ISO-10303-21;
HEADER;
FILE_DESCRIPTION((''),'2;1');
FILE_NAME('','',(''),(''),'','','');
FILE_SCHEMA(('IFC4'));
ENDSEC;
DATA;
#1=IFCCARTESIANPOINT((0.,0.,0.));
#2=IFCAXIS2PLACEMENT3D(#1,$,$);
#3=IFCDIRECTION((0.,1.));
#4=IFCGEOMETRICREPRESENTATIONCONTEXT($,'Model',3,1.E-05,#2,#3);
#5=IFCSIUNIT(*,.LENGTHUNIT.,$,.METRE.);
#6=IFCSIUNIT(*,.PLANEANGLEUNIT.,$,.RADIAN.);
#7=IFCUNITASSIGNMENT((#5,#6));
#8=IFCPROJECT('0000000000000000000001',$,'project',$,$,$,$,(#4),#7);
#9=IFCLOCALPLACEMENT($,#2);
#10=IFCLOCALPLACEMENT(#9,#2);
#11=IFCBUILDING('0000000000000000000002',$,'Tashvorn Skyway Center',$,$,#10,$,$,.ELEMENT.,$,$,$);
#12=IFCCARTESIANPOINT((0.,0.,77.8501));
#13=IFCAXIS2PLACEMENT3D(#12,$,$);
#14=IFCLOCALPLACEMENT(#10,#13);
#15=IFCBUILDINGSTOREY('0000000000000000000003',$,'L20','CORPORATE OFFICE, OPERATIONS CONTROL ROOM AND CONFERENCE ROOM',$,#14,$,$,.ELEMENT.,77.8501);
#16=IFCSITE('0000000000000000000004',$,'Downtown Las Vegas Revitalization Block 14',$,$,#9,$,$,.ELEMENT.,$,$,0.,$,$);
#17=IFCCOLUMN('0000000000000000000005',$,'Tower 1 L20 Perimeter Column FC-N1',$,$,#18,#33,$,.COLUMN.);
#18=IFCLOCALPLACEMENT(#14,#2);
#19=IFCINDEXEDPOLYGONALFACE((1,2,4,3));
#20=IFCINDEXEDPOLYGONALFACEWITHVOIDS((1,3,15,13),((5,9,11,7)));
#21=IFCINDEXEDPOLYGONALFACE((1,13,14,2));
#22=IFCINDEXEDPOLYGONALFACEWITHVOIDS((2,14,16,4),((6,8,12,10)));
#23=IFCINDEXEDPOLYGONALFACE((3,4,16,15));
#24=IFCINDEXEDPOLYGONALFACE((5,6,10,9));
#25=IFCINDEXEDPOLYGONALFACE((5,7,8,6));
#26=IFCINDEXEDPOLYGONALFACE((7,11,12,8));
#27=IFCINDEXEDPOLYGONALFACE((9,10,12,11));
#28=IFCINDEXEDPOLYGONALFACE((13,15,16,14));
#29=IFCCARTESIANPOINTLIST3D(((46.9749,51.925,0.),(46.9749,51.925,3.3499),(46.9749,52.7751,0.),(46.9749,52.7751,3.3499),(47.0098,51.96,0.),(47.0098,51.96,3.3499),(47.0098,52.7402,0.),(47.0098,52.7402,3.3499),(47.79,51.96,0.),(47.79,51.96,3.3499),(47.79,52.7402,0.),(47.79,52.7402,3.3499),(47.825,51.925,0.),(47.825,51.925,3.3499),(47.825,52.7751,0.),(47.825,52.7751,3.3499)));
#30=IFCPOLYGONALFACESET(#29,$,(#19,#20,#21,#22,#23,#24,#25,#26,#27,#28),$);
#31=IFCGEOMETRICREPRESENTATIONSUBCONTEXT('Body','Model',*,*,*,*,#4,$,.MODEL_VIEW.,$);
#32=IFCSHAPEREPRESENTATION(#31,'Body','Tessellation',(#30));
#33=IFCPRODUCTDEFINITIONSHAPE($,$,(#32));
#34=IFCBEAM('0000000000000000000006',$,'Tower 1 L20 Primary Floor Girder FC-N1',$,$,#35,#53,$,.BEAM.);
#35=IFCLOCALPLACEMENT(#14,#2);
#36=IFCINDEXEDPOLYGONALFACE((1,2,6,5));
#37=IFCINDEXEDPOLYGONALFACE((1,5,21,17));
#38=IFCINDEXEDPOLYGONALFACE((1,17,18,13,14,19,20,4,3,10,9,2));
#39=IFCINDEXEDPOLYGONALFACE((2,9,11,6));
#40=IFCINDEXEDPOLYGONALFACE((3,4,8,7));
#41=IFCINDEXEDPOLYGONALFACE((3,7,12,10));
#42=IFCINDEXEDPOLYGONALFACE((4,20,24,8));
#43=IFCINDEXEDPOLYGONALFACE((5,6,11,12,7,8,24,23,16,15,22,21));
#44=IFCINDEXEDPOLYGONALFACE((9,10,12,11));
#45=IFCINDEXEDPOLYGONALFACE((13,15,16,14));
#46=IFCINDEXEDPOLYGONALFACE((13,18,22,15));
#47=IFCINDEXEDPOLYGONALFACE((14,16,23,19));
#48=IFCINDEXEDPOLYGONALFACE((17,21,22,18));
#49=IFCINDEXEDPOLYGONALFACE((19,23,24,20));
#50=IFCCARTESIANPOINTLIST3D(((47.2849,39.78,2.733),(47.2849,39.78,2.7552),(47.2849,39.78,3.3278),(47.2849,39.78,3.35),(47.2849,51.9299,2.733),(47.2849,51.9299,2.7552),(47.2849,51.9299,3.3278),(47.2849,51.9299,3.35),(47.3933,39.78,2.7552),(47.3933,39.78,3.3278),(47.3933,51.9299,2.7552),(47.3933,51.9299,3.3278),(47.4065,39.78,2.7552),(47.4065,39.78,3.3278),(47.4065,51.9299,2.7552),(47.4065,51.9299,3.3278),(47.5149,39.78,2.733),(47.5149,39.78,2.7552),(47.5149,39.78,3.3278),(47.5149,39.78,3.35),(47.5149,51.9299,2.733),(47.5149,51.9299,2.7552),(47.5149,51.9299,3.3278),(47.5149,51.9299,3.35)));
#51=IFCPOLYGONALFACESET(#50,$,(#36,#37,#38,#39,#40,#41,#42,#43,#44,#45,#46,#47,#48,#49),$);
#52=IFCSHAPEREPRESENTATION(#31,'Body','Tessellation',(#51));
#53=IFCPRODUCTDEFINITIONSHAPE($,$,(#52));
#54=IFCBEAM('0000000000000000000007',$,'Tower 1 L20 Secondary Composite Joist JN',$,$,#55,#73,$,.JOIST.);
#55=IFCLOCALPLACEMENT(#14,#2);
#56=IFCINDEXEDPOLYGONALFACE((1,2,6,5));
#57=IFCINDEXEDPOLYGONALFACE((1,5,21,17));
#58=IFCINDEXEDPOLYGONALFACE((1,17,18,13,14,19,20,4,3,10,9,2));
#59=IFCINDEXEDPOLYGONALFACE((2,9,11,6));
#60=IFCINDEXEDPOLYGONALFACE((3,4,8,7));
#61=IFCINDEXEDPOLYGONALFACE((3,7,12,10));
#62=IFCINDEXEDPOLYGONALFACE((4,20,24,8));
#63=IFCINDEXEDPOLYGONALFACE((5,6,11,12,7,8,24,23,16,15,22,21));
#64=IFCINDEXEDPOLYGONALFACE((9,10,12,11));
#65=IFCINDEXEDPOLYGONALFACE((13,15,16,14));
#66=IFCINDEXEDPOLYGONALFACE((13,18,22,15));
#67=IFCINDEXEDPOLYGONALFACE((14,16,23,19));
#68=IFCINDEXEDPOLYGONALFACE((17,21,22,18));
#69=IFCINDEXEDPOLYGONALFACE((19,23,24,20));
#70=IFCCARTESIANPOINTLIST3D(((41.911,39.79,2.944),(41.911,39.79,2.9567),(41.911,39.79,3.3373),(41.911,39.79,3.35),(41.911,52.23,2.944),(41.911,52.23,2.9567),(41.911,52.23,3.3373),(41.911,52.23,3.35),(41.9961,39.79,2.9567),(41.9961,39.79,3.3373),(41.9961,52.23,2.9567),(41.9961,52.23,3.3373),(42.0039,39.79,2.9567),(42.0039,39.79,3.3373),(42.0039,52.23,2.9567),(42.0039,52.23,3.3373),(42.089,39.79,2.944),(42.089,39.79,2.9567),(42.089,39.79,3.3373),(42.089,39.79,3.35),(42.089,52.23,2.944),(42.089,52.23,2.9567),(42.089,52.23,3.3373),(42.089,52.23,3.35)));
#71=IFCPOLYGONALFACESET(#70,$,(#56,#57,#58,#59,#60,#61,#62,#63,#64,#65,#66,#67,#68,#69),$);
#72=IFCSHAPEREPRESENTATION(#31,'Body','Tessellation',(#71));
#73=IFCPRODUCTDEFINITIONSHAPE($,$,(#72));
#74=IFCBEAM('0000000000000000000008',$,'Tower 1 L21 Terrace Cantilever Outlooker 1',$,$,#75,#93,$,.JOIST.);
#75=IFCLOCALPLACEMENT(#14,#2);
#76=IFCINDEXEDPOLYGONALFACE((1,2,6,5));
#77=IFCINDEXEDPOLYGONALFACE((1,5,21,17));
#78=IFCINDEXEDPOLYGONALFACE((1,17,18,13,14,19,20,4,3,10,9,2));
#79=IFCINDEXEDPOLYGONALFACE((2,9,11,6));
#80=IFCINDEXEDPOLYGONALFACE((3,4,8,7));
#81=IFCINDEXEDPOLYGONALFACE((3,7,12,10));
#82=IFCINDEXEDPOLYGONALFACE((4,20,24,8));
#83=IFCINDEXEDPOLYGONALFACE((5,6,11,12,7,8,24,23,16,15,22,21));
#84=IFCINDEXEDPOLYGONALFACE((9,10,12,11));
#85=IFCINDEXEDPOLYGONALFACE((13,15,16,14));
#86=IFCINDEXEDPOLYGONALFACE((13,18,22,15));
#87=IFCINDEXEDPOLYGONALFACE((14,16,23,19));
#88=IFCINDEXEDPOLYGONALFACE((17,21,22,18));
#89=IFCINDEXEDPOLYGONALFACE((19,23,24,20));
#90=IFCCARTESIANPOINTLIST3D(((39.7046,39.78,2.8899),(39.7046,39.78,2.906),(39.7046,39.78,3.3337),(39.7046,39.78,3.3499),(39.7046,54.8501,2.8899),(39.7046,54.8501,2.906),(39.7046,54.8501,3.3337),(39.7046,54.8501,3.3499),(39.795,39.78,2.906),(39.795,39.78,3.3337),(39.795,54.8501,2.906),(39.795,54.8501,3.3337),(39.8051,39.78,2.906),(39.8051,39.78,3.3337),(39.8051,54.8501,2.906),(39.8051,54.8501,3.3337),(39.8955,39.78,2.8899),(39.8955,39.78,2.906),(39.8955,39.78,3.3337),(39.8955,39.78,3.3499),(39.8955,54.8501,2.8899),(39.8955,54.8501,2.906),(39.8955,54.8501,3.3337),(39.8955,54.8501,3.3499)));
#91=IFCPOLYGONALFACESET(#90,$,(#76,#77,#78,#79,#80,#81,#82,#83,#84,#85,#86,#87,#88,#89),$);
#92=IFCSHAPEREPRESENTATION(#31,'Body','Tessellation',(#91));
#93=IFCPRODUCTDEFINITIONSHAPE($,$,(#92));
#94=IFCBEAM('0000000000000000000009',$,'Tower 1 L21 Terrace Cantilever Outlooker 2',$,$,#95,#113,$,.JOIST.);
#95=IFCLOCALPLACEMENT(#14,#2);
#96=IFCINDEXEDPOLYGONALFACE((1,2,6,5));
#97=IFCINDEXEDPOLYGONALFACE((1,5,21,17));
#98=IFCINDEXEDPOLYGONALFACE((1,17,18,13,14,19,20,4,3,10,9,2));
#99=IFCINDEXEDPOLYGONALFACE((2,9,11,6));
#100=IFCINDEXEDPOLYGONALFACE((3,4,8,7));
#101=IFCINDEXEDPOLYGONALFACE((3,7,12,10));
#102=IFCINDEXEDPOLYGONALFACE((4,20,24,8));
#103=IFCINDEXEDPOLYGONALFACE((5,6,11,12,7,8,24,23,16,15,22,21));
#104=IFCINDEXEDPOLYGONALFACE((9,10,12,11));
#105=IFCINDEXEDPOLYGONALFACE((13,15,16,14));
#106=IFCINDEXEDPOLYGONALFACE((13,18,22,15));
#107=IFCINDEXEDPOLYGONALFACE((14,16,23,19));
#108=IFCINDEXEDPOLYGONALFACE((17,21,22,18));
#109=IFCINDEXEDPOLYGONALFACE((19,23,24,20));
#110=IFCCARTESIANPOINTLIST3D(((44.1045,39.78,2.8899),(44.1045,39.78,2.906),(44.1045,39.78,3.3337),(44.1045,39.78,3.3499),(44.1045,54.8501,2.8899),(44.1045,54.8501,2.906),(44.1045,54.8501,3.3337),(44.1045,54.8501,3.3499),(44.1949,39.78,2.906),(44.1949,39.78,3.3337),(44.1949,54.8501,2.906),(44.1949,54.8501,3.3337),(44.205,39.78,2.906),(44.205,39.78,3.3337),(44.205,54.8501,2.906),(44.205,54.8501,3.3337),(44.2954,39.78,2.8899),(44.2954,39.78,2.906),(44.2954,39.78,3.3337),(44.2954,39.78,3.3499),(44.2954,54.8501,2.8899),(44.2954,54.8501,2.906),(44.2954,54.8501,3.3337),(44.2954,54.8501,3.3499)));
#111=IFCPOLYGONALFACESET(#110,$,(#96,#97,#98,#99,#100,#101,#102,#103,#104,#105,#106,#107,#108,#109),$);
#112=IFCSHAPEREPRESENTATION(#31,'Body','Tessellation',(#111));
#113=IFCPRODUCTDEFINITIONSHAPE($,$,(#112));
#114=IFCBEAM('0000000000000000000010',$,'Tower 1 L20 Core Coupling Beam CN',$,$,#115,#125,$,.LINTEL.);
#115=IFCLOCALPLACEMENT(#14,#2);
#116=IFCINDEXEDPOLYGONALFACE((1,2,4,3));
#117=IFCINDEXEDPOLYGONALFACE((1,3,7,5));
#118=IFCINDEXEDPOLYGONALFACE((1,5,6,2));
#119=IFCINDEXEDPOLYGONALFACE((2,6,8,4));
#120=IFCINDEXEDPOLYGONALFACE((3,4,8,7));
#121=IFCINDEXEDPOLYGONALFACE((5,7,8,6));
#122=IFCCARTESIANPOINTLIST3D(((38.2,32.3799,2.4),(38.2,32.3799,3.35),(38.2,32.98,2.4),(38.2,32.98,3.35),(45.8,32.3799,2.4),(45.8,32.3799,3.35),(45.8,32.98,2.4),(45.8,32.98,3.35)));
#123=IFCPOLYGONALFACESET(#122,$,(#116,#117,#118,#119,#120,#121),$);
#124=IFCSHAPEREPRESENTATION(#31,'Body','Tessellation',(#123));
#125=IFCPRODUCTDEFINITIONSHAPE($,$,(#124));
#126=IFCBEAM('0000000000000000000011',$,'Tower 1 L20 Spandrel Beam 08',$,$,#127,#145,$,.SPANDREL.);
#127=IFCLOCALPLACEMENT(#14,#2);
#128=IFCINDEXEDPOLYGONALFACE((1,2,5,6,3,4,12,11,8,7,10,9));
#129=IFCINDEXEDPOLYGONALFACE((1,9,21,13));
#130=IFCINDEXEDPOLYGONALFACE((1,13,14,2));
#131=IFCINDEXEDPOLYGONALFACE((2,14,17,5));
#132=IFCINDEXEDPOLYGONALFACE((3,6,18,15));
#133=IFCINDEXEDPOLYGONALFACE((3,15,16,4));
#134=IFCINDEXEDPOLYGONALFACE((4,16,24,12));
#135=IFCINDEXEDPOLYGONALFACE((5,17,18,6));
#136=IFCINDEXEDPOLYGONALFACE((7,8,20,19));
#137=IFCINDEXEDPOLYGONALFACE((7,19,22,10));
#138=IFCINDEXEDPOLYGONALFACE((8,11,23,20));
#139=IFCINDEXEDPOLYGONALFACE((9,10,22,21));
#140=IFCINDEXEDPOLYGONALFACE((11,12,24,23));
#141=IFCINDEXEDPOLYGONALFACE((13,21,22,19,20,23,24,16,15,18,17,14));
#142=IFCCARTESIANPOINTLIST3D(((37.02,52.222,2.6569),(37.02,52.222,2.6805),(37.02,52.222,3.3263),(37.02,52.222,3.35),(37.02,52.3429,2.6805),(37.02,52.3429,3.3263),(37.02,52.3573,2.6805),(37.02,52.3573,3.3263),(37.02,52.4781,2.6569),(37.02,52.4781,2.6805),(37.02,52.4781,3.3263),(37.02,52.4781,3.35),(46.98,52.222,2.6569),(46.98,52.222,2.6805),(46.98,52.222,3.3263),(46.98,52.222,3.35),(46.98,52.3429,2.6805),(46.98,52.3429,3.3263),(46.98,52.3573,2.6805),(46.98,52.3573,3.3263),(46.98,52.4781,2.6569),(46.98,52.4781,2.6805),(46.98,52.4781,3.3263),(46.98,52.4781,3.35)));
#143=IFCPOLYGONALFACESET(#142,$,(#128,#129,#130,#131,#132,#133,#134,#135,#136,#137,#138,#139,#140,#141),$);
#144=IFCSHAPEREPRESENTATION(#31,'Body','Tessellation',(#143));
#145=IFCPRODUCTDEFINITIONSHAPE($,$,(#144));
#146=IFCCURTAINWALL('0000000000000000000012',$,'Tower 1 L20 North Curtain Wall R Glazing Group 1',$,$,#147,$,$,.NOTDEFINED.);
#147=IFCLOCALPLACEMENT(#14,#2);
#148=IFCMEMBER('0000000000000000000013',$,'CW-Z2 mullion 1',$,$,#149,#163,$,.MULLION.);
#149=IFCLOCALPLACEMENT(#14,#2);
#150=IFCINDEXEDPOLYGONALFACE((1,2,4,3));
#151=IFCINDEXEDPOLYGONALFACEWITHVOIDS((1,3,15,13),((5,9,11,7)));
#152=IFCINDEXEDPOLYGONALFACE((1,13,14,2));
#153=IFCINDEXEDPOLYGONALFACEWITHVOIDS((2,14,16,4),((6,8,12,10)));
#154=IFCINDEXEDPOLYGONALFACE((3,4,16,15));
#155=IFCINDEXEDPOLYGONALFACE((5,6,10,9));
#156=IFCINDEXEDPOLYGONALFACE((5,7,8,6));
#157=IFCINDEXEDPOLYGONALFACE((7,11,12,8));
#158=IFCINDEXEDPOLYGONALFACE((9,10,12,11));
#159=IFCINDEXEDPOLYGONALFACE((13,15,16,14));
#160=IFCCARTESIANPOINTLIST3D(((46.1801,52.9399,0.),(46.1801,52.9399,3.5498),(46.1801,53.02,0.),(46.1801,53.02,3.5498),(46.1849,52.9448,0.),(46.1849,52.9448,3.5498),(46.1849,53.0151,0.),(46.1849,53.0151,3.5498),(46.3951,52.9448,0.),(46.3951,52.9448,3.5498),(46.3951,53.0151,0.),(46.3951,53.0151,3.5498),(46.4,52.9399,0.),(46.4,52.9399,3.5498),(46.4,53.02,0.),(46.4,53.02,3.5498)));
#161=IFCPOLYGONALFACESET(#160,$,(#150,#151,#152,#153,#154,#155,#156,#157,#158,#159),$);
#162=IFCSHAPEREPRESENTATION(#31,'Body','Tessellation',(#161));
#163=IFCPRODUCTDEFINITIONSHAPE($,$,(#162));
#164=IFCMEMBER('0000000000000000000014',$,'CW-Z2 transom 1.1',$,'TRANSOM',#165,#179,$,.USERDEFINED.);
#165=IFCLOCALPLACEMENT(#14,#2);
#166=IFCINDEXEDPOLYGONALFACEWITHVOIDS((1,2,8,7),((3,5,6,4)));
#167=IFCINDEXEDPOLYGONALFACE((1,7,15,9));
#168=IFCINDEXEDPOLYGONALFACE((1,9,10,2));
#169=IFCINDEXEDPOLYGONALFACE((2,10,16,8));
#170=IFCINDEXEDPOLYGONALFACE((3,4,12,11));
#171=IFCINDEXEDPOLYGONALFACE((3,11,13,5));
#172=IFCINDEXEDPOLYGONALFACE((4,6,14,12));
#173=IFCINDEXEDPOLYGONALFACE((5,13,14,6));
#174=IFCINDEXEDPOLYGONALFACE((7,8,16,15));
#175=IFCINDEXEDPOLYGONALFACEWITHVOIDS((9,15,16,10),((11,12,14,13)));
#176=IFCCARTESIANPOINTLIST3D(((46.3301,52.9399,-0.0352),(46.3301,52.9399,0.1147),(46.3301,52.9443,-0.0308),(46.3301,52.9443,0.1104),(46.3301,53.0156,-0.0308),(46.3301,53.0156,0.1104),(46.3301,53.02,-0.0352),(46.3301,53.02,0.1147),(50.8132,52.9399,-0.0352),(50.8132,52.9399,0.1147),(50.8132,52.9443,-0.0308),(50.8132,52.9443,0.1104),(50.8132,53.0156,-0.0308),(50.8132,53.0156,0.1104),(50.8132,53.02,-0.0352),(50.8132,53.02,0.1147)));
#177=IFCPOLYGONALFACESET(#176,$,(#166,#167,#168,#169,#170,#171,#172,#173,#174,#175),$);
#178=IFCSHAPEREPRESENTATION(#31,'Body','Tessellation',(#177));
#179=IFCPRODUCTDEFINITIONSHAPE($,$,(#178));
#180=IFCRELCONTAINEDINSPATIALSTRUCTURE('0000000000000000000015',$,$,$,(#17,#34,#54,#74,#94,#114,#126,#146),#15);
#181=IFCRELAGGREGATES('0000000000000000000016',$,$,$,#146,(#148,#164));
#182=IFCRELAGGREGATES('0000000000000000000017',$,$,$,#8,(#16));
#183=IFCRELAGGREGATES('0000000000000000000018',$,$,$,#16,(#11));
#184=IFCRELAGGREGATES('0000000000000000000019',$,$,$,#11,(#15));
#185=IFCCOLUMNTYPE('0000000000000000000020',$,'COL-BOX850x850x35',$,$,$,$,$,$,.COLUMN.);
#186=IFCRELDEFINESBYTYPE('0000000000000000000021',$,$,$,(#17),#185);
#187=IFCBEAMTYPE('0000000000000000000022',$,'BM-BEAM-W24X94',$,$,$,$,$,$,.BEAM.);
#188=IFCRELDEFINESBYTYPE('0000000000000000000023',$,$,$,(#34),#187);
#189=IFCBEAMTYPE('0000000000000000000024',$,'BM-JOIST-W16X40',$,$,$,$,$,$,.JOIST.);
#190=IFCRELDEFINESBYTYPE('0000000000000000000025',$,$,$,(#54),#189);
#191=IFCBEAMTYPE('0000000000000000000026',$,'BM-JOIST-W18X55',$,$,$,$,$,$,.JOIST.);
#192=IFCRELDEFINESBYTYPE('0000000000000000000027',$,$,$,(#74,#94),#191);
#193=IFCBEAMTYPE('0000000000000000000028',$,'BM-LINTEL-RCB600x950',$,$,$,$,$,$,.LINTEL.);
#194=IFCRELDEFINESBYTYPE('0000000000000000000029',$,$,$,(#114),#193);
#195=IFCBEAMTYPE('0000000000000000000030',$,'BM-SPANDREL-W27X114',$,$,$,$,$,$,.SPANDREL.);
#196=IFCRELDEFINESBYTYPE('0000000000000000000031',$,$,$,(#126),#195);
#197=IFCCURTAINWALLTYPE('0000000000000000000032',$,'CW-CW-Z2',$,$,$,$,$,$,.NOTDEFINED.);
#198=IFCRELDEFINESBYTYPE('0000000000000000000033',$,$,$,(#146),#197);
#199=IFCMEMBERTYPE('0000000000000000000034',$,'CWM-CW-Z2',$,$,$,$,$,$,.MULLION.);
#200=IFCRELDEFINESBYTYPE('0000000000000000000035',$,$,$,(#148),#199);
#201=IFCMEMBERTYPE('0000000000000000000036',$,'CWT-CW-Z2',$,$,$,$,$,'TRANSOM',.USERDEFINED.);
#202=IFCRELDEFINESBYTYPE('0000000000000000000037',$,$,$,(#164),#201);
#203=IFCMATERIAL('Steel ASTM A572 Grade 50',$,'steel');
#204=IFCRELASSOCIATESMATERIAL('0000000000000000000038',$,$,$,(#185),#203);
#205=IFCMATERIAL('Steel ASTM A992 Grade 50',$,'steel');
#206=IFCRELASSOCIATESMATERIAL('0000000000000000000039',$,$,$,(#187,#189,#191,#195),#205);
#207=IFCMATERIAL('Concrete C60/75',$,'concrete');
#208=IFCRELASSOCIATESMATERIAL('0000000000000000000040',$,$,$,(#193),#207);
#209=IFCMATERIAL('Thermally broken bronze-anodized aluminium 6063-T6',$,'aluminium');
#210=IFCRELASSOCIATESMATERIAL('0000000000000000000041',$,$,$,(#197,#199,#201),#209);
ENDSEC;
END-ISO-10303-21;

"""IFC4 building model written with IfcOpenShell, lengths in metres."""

from ifc_helpers import new_model, si_unit, direction, frame, origin, origin_2d, place, context, subcontext, project, spatial, rectangle, hollow_rectangle, i_section, extrude, material, material_profile, profile_set, type_object, element, aggregate, save


model = new_model("IFC4")

# Units and contexts
model_context = context("Model", 3, precision=1e-05, world=origin(), true_north=direction((0.0, 1.0)))
body_context = subcontext(model_context, "Body", "Model", "MODEL_VIEW")
ifc_project = project(units=[si_unit("LENGTHUNIT", "METRE"), si_unit("PLANEANGLEUNIT", "RADIAN")], contexts=[model_context])

# Site, building, storey
site_placement = place(None, origin())
site = spatial("IfcSite", under=ifc_project, at=site_placement, Name="Downtown Las Vegas Revitalization Block 14", CompositionType="ELEMENT", RefElevation=0.0)
building_placement = place(site_placement, origin())
building = spatial("IfcBuilding", under=site, at=building_placement, Name="Tashvorn Skyway Center", CompositionType="ELEMENT")
storey_placement = place(building_placement, frame((0.0, 0.0, 77.8501)))
storey = spatial("IfcBuildingStorey", under=building, at=storey_placement, Name="L20", Description="CORPORATE OFFICE, OPERATIONS CONTROL ROOM AND CONFERENCE ROOM", CompositionType="ELEMENT", Elevation=77.8501)

# Column
ifc_material_1 = material(Name="Steel ASTM A572 Grade 50", Category="steel")
ifc_material_profile_1 = material_profile(ifc_material_1, hollow_rectangle(XDim=0.8501, YDim=0.8501, WallThickness=0.0349, at=origin_2d()), Name="BOX850x850x35")
ifc_profile_set_1 = profile_set([ifc_material_profile_1], Name="Steel ASTM A572 Grade 50")
column_type = type_object("IfcColumnType", Name="COL-BOX850x850x35", PredefinedType="COLUMN", material=ifc_profile_set_1)
column_placement = place(storey_placement, frame((47.3999, 52.3501, 0.0), z_axis=(0.0, 0.0, 1.0), x_axis=(1.0, 0.0, 0.0)))
element("IfcColumn", 1, at=column_placement, inside=storey, type_object=column_type, Name="Tower 1 L20 Perimeter Column FC-N1", PredefinedType="COLUMN", context=body_context, shape_type="SweptSolid", body=[
    extrude(hollow_rectangle(XDim=0.8501, YDim=0.8501, WallThickness=0.0349, at=origin_2d()), origin(), (0.0, 0.0, 1.0), 3.3499),
])

# Beams
ifc_material_2 = material(Name="Steel ASTM A992 Grade 50", Category="steel")
ifc_material_profile_2 = material_profile(ifc_material_2, i_section(OverallWidth=0.23, OverallDepth=0.6169, WebThickness=0.0132, FlangeThickness=0.0222, at=origin_2d()), Name="W24X94")
ifc_profile_set_2 = profile_set([ifc_material_profile_2], Name="Steel ASTM A992 Grade 50")
beam_type_1 = type_object("IfcBeamType", Name="BM-BEAM-W24X94", PredefinedType="BEAM", material=ifc_profile_set_2)
beam_1_placement = place(storey_placement, frame((47.3999, 51.9299, 3.0415), z_axis=(0.0, -1.0, 0.0), x_axis=(1.0, 0.0, 0.0)))
element("IfcBeam", 2, at=beam_1_placement, inside=storey, type_object=beam_type_1, Name="Tower 1 L20 Primary Floor Girder FC-N1", PredefinedType="BEAM", context=body_context, shape_type="SweptSolid", body=[
    extrude(i_section(OverallWidth=0.23, OverallDepth=0.6169, WebThickness=0.0132, FlangeThickness=0.0222, at=origin_2d()), origin(), (0.0, 0.0, 1.0), 12.1499),
])
ifc_material_profile_3 = material_profile(ifc_material_2, i_section(OverallWidth=0.178, OverallDepth=0.406, WebThickness=0.0078, FlangeThickness=0.0127, at=origin_2d()), Name="W16X40")
ifc_profile_set_3 = profile_set([ifc_material_profile_3], Name="Steel ASTM A992 Grade 50")
beam_type_2 = type_object("IfcBeamType", Name="BM-JOIST-W16X40", PredefinedType="JOIST", material=ifc_profile_set_3)
beam_2_placement = place(storey_placement, frame((42.0, 39.79, 3.147), z_axis=(0.0, 1.0, 0.0), x_axis=(-1.0, 0.0, 0.0)))
element("IfcBeam", 3, at=beam_2_placement, inside=storey, type_object=beam_type_2, Name="Tower 1 L20 Secondary Composite Joist JN", PredefinedType="JOIST", context=body_context, shape_type="SweptSolid", body=[
    extrude(i_section(OverallWidth=0.178, OverallDepth=0.406, WebThickness=0.0078, FlangeThickness=0.0127, at=origin_2d()), origin(), (0.0, 0.0, 1.0), 12.4399),
])
ifc_material_profile_4 = material_profile(ifc_material_2, i_section(OverallWidth=0.1909, OverallDepth=0.46, WebThickness=0.01, FlangeThickness=0.0161, at=origin_2d()), Name="W18X55")
ifc_profile_set_4 = profile_set([ifc_material_profile_4], Name="Steel ASTM A992 Grade 50")
beam_type_3 = type_object("IfcBeamType", Name="BM-JOIST-W18X55", PredefinedType="JOIST", material=ifc_profile_set_4)
for number, where, z_axis, x_axis, name in (
    (4, (39.8, 39.78, 3.1199), (0.0, 1.0, 0.0), (-1.0, 0.0, 0.0), "Tower 1 L21 Terrace Cantilever Outlooker 1"),
    (5, (44.2, 39.78, 3.1199), (0.0, 1.0, 0.0), (-1.0, 0.0, 0.0), "Tower 1 L21 Terrace Cantilever Outlooker 2"),
):
    element("IfcBeam", number, at=place(storey_placement, frame(where, z_axis=z_axis, x_axis=x_axis)), inside=storey, type_object=beam_type_3, Name=name, PredefinedType="JOIST", context=body_context, shape_type="SweptSolid", body=[
        extrude(i_section(OverallWidth=0.1909, OverallDepth=0.46, WebThickness=0.01, FlangeThickness=0.0161, at=origin_2d()), origin(), (0.0, 0.0, 1.0), 15.0701),
    ])
ifc_material_3 = material(Name="Concrete C60/75", Category="concrete")
ifc_material_profile_5 = material_profile(ifc_material_3, rectangle(XDim=0.6001, YDim=0.95, at=origin_2d()), Name="RCB600x950")
ifc_profile_set_5 = profile_set([ifc_material_profile_5], Name="Concrete C60/75")
beam_type_4 = type_object("IfcBeamType", Name="BM-LINTEL-RCB600x950", PredefinedType="LINTEL", material=ifc_profile_set_5)
beam_3_placement = place(storey_placement, frame((38.2, 32.6799, 2.875), z_axis=(1.0, 0.0, 0.0), x_axis=(0.0, 1.0, 0.0)))
element("IfcBeam", 6, at=beam_3_placement, inside=storey, type_object=beam_type_4, Name="Tower 1 L20 Core Coupling Beam CN", PredefinedType="LINTEL", context=body_context, shape_type="SweptSolid", body=[
    extrude(rectangle(XDim=0.6001, YDim=0.95, at=origin_2d()), origin(), (0.0, 0.0, 1.0), 7.6001),
])
ifc_material_profile_6 = material_profile(ifc_material_2, i_section(OverallWidth=0.2561, OverallDepth=0.6931, WebThickness=0.0144, FlangeThickness=0.0237, at=origin_2d()), Name="W27X114")
ifc_profile_set_6 = profile_set([ifc_material_profile_6], Name="Steel ASTM A992 Grade 50")
beam_type_5 = type_object("IfcBeamType", Name="BM-SPANDREL-W27X114", PredefinedType="SPANDREL", material=ifc_profile_set_6)
beam_4_placement = place(storey_placement, frame((46.98, 52.3501, 3.0034), z_axis=(-1.0, 0.0, 0.0), x_axis=(0.0, -1.0, 0.0)))
element("IfcBeam", 7, at=beam_4_placement, inside=storey, type_object=beam_type_5, Name="Tower 1 L20 Spandrel Beam 08", PredefinedType="SPANDREL", context=body_context, shape_type="SweptSolid", body=[
    extrude(i_section(OverallWidth=0.2561, OverallDepth=0.6931, WebThickness=0.0144, FlangeThickness=0.0237, at=origin_2d()), origin(), (0.0, 0.0, 1.0), 9.96),
])

# Curtain wall, members
ifc_material_4 = material(Name="Thermally broken bronze-anodized aluminium 6063-T6", Category="aluminium")
curtain_wall_type = type_object("IfcCurtainWallType", Name="CW-CW-Z2", PredefinedType="NOTDEFINED", material=ifc_material_4)
curtain_wall_placement = place(storey_placement, origin())
curtain_wall = element("IfcCurtainWall", 8, at=curtain_wall_placement, inside=storey, type_object=curtain_wall_type, Name="Tower 1 L20 North Curtain Wall R Glazing Group 1", PredefinedType="NOTDEFINED")
ifc_material_profile_7 = material_profile(ifc_material_4, hollow_rectangle(XDim=0.0801, YDim=0.22, WallThickness=0.0049, at=origin_2d()), Name="ALU-MULL-80x220")
ifc_profile_set_7 = profile_set([ifc_material_profile_7], Name="Thermally broken bronze-anodized aluminium 6063-T6")
member_type_1 = type_object("IfcMemberType", Name="CWM-CW-Z2", PredefinedType="MULLION", material=ifc_profile_set_7)
member_1_placement = place(storey_placement, frame((46.29, 52.98, 0.0), z_axis=(0.0, 0.0, 1.0), x_axis=(0.0, 1.0, 0.0)))
member_1 = element("IfcMember", 9, at=member_1_placement, type_object=member_type_1, Name="CW-Z2 mullion 1", PredefinedType="MULLION", context=body_context, shape_type="SweptSolid", body=[
    extrude(hollow_rectangle(XDim=0.0801, YDim=0.22, WallThickness=0.0049, at=origin_2d()), origin(), (0.0, 0.0, 1.0), 3.5498),
])
ifc_material_profile_8 = material_profile(ifc_material_4, hollow_rectangle(XDim=0.0801, YDim=0.1499, WallThickness=0.0044, at=origin_2d()), Name="ALU-TRAN-80x150")
ifc_profile_set_8 = profile_set([ifc_material_profile_8], Name="Thermally broken bronze-anodized aluminium 6063-T6")
member_type_2 = type_object("IfcMemberType", Name="CWT-CW-Z2", ElementType="TRANSOM", PredefinedType="USERDEFINED", material=ifc_profile_set_8)
member_2_placement = place(storey_placement, frame((46.3301, 52.98, 0.0398), z_axis=(1.0, 0.0, 0.0), x_axis=(0.0, 1.0, 0.0)))
member_2 = element("IfcMember", 10, at=member_2_placement, type_object=member_type_2, Name="CW-Z2 transom 1.1", ObjectType="TRANSOM", PredefinedType="USERDEFINED", context=body_context, shape_type="SweptSolid", body=[
    extrude(hollow_rectangle(XDim=0.0801, YDim=0.1499, WallThickness=0.0044, at=origin_2d()), origin(), (0.0, 0.0, 1.0), 4.4832),
])
aggregate(curtain_wall, [member_1, member_2])

save(model, "model.ifc")
